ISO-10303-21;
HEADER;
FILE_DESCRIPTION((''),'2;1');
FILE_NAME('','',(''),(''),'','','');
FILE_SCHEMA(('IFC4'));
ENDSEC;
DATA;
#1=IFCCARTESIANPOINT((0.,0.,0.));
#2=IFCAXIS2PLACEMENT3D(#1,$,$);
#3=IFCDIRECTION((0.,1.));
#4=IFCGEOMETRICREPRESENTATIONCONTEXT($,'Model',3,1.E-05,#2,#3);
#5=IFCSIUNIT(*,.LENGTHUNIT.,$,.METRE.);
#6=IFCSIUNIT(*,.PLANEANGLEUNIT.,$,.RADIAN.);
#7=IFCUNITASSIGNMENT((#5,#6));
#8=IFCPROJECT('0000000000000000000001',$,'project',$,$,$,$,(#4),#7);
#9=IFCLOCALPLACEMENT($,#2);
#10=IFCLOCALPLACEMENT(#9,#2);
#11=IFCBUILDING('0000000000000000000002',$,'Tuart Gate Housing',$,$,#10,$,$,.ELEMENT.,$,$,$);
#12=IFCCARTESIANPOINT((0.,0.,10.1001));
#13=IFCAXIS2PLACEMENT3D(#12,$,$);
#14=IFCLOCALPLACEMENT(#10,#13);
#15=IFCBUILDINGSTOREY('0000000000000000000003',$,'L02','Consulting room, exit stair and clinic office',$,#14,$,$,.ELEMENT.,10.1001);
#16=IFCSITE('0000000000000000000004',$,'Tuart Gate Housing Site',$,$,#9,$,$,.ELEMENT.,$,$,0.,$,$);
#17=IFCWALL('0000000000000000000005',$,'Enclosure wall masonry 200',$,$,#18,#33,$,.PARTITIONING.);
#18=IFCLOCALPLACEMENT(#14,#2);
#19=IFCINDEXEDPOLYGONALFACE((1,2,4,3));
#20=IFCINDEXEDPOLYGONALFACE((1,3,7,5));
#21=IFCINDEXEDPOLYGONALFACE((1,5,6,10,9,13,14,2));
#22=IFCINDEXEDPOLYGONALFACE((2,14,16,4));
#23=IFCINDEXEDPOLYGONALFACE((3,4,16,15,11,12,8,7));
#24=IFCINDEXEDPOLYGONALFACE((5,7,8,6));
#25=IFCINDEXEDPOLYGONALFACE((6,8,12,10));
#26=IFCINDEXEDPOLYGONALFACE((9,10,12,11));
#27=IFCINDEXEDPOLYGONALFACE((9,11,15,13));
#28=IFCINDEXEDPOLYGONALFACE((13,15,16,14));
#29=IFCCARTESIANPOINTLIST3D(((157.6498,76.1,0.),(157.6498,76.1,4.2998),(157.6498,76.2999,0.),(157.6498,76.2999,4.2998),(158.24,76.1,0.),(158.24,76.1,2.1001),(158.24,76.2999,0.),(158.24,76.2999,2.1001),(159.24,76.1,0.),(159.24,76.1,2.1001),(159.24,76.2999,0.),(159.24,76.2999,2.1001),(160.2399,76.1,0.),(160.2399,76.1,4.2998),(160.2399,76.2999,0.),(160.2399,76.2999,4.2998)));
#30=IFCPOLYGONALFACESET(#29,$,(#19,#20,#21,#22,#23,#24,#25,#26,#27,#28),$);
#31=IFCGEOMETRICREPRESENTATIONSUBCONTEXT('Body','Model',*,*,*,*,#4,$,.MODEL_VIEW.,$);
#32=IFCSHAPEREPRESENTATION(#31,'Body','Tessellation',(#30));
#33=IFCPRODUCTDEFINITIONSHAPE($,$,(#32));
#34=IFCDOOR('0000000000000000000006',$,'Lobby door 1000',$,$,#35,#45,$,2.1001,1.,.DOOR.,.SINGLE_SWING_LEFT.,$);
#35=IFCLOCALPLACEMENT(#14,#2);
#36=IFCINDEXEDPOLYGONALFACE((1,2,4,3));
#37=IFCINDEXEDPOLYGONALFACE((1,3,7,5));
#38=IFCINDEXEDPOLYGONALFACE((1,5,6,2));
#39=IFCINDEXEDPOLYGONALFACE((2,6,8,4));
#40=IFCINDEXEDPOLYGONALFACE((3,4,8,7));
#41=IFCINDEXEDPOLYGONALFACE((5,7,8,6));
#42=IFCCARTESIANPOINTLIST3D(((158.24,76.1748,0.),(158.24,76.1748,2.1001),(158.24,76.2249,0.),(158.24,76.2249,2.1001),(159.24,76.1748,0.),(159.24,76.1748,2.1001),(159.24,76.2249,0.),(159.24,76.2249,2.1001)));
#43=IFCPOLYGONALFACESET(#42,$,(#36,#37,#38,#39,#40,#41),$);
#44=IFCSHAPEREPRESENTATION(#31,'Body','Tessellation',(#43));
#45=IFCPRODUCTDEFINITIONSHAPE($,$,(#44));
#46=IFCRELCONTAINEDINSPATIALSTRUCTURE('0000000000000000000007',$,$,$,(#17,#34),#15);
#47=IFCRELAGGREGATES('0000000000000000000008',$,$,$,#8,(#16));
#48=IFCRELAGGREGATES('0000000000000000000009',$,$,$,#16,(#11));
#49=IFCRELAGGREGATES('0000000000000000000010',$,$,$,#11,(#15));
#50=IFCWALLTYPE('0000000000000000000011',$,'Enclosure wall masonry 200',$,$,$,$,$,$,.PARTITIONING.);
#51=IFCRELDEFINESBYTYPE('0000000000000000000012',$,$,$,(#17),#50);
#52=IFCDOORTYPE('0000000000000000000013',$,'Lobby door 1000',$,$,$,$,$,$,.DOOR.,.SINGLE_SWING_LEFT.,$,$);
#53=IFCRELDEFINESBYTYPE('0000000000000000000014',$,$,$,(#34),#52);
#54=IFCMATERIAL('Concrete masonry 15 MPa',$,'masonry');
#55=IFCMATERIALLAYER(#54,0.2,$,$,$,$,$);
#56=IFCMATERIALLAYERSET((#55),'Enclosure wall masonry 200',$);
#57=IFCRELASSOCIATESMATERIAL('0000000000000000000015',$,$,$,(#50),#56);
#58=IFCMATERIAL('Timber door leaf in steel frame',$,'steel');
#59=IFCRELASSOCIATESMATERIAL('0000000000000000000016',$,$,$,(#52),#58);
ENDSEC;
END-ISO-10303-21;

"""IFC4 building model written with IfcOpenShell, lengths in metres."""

from ifc_helpers import new_model, si_unit, direction, frame, frame_2d, origin, place, context, subcontext, project, spatial, rectangle, extrude, material, layer, layer_set, type_object, element, fill, save


model = new_model("IFC4")

# Units and contexts
model_context = context("Model", 3, precision=1e-05, world=origin(), true_north=direction((0.0, 1.0)))
body_context = subcontext(model_context, "Body", "Model", "MODEL_VIEW")
ifc_project = project(units=[si_unit("LENGTHUNIT", "METRE"), si_unit("PLANEANGLEUNIT", "RADIAN")], contexts=[model_context])

# Site, building, storey
site_placement = place(None, origin())
site = spatial("IfcSite", under=ifc_project, at=site_placement, Name="Tuart Gate Housing Site", CompositionType="ELEMENT", RefElevation=0.0)
building_placement = place(site_placement, origin())
building = spatial("IfcBuilding", under=site, at=building_placement, Name="Tuart Gate Housing", CompositionType="ELEMENT")
storey_placement = place(building_placement, frame((0.0, 0.0, 10.1001)))
storey = spatial("IfcBuildingStorey", under=building, at=storey_placement, Name="L02", Description="Consulting room, exit stair and clinic office", CompositionType="ELEMENT", Elevation=10.1001)

# Wall, opening, door
ifc_material_1 = material(Name="Concrete masonry 15 MPa", Category="masonry")
ifc_layer_1 = layer(ifc_material_1, 0.2)
ifc_layer_set_1 = layer_set([ifc_layer_1], Name="Enclosure wall masonry 200")
wall_type_1 = type_object("IfcWallType", Name="Enclosure wall masonry 200", PredefinedType="PARTITIONING", material=ifc_layer_set_1)
ifc_material_2 = material(Name="Timber door leaf in steel frame", Category="steel")
door_type_1 = type_object("IfcDoorType", Name="Lobby door 1000", OperationType="SINGLE_SWING_LEFT", PredefinedType="DOOR", material=ifc_material_2)
wall_1_placement = place(storey_placement, frame((157.6499, 76.2, 0.0), z_axis=(0.0, 0.0, 1.0), x_axis=(1.0, 0.0, 0.0)))
wall_1 = element("IfcWall", 1, at=wall_1_placement, inside=storey, type_object=wall_type_1, Name="Enclosure wall masonry 200", PredefinedType="PARTITIONING", context=body_context, shape_type="SweptSolid", body=[
    extrude(rectangle(XDim=2.5901, YDim=0.2, at=frame_2d((1.2949, 0.0))), origin(), (0.0, 0.0, 1.0), 4.2998),
])
opening_1_placement = place(wall_1_placement, frame((0.5901, 0.0, 0.0)))
opening_1 = element("IfcOpeningElement", 2, at=opening_1_placement, cuts=wall_1, PredefinedType="OPENING", context=body_context, shape_type="SweptSolid", body=[
    extrude(rectangle(XDim=1.0, YDim=2.1001, at=frame_2d((0.5, 1.05))), frame((0.0, 0.1099, 0.0), z_axis=(0.0, -1.0, 0.0), x_axis=(1.0, 0.0, 0.0)), (0.0, 0.0, 1.0), 0.22),
])
door_1_placement = place(opening_1_placement, origin())
door_1 = element("IfcDoor", 3, at=door_1_placement, inside=storey, type_object=door_type_1, Name="Lobby door 1000", OperationType="SINGLE_SWING_LEFT", OverallHeight=2.1001, OverallWidth=1.0, PredefinedType="DOOR", context=body_context, shape_type="SweptSolid", body=[
    extrude(rectangle(XDim=1.0, YDim=2.1001, at=frame_2d((0.5, 1.05))), frame((0.0, 0.0249, 0.0), z_axis=(0.0, -1.0, 0.0), x_axis=(1.0, 0.0, 0.0)), (0.0, 0.0, 1.0), 0.05),
])
fill(opening_1, door_1)

save(model, "model.ifc")
